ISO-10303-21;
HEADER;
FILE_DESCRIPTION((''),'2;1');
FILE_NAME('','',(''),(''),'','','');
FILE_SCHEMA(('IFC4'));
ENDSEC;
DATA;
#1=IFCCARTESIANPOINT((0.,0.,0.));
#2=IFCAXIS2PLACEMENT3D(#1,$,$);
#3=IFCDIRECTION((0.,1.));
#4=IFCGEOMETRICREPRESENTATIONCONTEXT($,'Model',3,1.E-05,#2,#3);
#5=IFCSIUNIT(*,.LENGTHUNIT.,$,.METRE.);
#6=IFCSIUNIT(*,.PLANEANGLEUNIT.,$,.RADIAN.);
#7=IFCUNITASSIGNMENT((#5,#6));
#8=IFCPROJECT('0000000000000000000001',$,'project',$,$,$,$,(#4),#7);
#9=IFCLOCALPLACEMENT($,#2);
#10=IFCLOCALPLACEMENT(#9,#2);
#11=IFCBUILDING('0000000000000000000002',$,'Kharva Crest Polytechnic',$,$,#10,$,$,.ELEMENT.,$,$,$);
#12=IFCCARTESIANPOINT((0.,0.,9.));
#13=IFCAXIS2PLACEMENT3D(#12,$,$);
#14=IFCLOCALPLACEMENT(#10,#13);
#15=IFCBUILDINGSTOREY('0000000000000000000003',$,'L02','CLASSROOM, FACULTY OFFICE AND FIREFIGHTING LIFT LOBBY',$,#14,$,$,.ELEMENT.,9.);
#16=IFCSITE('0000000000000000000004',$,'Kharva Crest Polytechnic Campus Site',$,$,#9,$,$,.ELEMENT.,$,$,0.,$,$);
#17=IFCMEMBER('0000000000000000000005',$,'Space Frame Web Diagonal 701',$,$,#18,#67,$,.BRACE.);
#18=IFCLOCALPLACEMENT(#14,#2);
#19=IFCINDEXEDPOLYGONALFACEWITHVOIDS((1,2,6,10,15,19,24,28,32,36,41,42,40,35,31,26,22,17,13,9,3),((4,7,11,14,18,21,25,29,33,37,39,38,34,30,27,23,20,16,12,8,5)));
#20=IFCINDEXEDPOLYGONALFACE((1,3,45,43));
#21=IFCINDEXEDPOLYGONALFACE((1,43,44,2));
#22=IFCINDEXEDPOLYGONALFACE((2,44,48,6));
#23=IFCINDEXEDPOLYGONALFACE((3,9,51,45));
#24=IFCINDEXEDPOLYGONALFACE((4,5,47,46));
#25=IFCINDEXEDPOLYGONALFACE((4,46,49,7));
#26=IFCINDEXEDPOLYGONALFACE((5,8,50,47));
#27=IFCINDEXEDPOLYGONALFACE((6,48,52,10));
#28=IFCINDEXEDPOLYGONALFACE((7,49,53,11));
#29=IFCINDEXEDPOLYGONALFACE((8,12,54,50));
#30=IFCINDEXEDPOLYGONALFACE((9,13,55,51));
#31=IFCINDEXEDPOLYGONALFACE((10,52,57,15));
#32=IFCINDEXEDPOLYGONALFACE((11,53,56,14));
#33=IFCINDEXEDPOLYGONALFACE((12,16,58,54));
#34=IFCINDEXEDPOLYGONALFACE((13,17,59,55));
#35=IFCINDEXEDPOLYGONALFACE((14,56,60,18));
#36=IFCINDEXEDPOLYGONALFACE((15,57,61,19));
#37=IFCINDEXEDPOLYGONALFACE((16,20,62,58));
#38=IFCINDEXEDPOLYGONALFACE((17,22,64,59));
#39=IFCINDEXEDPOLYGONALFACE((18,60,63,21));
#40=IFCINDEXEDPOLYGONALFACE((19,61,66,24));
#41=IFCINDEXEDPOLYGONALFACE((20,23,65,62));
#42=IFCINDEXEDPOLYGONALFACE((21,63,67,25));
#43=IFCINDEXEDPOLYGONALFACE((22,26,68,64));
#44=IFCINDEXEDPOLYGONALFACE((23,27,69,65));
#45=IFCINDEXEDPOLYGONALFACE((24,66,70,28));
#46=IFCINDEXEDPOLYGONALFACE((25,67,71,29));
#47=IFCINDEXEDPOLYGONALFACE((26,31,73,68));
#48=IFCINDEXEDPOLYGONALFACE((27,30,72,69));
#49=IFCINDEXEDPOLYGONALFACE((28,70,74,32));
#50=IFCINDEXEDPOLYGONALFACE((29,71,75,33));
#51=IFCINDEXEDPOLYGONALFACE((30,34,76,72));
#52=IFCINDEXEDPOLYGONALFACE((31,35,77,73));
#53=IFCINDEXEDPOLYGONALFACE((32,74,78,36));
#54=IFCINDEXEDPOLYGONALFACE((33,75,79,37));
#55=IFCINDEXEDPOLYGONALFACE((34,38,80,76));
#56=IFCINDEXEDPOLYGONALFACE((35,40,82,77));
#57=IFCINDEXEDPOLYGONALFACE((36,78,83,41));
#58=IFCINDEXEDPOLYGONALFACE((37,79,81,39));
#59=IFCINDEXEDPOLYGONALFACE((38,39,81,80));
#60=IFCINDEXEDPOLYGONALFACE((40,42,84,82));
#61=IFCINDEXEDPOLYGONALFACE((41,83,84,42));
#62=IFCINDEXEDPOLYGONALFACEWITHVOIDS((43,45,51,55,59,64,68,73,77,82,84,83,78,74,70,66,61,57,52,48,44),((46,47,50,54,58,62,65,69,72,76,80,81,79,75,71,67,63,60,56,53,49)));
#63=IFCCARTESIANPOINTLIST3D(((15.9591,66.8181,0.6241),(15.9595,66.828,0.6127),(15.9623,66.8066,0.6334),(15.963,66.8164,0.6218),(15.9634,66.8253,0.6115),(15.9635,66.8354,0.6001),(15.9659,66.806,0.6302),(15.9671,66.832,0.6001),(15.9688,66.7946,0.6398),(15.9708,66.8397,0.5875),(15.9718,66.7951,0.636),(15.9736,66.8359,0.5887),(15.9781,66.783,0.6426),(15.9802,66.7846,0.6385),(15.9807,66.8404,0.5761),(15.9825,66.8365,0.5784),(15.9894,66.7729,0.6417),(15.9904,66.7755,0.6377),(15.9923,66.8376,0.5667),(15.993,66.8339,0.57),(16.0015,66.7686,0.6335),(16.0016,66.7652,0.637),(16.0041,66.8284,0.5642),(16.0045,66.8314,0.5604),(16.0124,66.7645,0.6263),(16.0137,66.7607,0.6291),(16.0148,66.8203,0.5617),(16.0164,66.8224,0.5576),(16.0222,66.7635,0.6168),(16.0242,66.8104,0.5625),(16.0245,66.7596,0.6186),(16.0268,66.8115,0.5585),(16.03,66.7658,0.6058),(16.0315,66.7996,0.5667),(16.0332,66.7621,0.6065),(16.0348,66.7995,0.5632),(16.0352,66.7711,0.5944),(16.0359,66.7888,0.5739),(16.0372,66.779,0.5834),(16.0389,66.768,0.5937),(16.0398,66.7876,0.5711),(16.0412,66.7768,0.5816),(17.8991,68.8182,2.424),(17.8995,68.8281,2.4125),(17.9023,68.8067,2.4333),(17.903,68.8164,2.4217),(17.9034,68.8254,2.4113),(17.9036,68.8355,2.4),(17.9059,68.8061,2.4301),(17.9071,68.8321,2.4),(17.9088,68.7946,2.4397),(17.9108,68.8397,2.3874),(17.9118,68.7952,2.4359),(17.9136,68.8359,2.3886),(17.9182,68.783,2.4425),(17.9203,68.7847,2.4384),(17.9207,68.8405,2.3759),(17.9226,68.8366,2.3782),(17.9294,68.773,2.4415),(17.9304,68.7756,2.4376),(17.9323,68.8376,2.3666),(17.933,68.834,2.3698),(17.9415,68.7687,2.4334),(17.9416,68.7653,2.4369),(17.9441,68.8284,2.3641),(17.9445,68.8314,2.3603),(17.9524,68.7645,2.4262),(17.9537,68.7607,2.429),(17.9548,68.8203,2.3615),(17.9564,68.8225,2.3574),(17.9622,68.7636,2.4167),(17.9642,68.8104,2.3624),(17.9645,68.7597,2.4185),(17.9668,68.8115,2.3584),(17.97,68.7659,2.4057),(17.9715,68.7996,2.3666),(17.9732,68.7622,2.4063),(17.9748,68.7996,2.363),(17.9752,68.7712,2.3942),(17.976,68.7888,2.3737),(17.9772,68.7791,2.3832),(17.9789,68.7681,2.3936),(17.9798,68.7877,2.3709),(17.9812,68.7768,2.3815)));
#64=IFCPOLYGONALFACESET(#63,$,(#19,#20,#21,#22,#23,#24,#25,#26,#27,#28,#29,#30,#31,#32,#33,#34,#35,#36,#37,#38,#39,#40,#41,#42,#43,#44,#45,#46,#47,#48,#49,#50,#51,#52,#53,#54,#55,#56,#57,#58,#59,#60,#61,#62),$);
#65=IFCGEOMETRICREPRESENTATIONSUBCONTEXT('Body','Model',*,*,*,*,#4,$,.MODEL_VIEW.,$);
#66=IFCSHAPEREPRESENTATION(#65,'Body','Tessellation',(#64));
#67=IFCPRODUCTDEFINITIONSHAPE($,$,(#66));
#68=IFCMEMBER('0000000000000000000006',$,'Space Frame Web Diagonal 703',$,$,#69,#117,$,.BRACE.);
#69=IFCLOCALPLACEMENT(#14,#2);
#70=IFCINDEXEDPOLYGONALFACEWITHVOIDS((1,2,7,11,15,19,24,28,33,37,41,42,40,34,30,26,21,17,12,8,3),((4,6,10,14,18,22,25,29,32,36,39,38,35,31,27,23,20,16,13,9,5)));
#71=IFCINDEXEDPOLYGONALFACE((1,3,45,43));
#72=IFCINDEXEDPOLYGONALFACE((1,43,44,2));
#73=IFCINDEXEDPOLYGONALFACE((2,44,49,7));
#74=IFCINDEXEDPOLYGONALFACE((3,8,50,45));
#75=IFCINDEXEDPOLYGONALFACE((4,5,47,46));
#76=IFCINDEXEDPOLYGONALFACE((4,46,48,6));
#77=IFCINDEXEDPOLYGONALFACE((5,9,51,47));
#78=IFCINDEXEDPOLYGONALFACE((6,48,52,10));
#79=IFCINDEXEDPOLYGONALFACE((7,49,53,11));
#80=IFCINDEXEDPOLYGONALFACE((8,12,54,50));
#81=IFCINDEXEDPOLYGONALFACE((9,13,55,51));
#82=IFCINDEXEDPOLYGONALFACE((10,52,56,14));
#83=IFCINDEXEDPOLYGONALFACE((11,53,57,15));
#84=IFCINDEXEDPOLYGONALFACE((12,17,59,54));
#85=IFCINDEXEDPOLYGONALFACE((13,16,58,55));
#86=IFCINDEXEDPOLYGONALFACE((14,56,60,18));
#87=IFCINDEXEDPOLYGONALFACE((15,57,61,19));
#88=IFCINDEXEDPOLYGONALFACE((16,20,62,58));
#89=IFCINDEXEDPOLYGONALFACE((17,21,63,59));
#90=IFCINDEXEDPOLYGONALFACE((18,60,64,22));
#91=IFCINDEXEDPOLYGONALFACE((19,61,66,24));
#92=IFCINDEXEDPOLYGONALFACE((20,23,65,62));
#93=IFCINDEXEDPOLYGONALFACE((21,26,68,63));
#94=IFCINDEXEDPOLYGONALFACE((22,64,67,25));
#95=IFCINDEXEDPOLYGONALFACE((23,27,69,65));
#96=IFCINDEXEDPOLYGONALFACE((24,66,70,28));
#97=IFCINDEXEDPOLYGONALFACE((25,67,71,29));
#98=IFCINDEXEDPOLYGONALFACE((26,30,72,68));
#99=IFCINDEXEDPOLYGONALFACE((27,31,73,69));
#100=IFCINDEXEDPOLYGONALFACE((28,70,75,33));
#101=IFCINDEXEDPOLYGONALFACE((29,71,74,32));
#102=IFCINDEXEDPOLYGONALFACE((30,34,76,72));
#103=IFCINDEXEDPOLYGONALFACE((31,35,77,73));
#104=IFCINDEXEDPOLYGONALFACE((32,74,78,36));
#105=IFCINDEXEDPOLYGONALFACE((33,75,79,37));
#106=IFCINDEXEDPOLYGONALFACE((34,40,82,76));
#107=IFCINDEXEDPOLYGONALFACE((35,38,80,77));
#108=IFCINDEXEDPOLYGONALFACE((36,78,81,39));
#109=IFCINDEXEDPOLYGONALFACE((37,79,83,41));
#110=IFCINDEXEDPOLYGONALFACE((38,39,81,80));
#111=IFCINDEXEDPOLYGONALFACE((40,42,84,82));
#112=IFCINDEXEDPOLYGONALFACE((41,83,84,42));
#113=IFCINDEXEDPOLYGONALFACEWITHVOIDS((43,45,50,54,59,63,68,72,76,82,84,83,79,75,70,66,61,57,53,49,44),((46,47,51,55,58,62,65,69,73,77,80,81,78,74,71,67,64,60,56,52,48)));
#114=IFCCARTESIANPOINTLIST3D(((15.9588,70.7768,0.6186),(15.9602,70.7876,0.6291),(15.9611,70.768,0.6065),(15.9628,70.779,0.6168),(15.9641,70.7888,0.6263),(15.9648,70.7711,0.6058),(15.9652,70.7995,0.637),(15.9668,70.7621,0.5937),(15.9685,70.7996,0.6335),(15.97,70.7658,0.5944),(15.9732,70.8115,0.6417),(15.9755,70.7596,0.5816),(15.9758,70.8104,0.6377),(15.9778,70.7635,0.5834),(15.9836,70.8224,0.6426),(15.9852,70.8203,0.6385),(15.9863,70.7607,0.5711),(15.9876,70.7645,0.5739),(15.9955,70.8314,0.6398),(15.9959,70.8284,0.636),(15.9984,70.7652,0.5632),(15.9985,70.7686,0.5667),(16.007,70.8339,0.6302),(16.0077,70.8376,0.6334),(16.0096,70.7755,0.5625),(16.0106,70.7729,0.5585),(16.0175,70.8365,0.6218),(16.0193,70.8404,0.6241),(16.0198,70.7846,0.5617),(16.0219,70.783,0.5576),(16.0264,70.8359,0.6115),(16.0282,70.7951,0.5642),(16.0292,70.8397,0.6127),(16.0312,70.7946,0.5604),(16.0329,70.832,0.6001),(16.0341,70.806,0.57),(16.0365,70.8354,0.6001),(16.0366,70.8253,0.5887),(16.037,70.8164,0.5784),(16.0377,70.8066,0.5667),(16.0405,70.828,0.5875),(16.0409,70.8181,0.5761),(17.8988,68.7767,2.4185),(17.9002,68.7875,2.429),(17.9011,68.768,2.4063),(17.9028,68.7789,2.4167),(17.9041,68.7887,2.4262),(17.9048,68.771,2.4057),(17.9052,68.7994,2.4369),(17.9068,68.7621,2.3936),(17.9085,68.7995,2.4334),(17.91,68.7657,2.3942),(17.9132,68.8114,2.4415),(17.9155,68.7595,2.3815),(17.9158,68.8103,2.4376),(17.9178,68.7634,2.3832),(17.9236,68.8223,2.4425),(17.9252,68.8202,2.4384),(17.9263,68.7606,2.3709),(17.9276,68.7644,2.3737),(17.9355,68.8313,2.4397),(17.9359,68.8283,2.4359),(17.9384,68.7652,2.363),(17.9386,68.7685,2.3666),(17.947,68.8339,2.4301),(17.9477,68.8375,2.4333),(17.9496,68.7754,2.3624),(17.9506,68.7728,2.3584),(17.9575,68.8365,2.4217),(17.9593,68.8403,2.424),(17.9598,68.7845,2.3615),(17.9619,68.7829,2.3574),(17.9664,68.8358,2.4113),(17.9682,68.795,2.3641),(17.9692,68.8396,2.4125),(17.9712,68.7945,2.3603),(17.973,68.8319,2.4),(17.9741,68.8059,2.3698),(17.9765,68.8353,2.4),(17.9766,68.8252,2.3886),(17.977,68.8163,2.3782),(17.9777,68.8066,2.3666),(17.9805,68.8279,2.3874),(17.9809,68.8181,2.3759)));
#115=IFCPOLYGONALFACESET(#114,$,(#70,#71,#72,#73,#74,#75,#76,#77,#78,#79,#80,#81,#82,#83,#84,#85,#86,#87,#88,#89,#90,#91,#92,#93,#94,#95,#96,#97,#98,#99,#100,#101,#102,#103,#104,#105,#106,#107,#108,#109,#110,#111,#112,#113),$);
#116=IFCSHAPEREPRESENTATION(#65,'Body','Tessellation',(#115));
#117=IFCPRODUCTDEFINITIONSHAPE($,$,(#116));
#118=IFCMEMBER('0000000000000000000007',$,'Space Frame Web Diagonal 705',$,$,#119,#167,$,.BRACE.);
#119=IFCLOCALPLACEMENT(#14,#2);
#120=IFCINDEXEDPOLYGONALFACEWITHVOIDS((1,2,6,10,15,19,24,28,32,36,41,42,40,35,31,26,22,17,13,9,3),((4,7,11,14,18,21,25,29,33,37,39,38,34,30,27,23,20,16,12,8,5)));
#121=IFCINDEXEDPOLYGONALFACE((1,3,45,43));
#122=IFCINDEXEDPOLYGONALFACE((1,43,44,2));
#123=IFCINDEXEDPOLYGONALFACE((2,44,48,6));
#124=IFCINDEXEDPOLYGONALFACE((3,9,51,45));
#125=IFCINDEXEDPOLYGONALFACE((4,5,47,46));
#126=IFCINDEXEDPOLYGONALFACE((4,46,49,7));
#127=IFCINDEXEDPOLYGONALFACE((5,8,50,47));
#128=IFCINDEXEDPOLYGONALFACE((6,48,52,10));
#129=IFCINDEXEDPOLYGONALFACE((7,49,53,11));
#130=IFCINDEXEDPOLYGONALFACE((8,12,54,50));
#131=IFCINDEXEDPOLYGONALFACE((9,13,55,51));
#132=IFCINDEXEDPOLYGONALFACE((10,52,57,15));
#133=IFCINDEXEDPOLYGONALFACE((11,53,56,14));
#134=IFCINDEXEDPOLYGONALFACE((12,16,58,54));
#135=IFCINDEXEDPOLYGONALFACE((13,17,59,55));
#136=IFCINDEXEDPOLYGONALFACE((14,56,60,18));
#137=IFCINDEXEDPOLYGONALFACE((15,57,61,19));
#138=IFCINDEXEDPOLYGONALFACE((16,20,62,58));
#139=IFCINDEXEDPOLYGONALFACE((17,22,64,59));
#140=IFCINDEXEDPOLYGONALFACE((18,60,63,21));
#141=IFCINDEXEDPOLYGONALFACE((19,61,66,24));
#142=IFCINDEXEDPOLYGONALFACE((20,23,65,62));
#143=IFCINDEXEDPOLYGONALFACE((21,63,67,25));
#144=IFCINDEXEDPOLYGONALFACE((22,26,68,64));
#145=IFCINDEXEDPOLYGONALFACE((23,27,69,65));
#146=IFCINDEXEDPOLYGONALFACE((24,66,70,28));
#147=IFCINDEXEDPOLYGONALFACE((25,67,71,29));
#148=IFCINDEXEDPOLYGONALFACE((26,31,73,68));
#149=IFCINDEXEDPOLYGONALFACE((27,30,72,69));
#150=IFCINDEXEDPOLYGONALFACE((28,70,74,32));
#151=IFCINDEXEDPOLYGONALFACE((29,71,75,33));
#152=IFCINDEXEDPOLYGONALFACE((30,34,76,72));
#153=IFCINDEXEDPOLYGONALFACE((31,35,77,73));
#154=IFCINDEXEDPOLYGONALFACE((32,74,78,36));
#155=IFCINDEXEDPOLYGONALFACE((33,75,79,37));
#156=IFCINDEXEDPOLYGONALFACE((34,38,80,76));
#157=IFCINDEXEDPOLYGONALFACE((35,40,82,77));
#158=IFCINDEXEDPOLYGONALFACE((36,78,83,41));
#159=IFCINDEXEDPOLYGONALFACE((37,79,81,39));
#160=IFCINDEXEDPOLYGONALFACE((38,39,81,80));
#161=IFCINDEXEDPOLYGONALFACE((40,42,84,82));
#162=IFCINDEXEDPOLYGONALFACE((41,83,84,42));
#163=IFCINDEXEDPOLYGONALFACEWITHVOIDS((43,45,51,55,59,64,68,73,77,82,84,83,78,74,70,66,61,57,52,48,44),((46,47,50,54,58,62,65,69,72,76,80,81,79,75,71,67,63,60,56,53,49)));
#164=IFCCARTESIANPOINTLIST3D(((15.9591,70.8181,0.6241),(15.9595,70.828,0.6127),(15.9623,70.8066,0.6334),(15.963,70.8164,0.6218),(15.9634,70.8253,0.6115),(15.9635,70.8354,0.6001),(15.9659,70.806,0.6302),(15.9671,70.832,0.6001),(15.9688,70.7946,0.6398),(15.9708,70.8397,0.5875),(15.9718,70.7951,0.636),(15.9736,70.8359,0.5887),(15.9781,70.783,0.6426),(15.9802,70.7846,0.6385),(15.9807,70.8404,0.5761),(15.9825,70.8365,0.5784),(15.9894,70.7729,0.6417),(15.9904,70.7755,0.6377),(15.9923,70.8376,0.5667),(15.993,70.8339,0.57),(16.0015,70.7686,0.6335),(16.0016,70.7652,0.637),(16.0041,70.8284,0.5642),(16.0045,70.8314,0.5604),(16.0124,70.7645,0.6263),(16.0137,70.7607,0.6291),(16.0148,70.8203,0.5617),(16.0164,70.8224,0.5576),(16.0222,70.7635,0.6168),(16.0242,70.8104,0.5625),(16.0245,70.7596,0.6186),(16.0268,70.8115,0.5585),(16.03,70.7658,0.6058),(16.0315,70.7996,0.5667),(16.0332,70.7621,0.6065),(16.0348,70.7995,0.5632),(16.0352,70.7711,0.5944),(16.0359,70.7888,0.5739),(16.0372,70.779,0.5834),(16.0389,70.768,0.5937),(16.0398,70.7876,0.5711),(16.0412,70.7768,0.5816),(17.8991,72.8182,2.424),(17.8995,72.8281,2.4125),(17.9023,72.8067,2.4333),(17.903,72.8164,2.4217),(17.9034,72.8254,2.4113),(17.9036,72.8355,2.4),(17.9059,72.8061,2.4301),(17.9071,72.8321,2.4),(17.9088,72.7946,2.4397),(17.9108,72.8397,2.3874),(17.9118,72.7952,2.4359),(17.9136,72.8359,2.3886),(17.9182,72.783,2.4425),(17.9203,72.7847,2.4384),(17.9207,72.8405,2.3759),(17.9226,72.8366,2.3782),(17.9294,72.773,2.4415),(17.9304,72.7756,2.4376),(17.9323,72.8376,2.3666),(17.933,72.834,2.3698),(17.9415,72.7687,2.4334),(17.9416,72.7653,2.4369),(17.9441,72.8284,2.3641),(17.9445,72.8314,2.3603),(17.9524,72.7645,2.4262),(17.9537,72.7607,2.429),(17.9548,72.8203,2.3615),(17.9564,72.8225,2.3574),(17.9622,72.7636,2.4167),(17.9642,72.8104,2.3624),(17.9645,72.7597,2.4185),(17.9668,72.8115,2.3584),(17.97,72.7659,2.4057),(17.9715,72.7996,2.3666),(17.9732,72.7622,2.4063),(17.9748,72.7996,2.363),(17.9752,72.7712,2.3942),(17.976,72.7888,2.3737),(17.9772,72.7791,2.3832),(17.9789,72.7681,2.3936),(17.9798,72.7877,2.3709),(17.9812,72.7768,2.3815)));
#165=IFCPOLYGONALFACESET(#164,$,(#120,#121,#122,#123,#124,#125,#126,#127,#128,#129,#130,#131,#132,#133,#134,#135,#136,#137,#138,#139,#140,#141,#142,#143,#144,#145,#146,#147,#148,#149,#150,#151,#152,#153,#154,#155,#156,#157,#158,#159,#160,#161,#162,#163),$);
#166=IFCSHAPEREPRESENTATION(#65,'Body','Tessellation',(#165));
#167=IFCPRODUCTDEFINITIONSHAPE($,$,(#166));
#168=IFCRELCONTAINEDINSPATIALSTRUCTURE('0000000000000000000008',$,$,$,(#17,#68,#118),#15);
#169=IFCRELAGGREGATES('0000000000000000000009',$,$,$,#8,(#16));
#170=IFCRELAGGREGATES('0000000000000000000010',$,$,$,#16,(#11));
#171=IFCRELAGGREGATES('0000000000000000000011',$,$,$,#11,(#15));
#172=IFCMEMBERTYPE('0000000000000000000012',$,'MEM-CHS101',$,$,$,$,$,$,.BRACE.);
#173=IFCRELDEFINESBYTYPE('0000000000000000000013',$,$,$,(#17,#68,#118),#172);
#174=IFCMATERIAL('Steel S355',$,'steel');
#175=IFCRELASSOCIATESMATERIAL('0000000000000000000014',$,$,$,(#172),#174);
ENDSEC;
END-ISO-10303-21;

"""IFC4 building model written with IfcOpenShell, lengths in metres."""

from ifc_helpers import new_model, si_unit, direction, frame, origin, origin_2d, place, context, subcontext, project, spatial, hollow_circle, extrude, material, material_profile, profile_set, type_object, element, save


model = new_model("IFC4")

# Units and contexts
model_context = context("Model", 3, precision=1e-05, world=origin(), true_north=direction((0.0, 1.0)))
body_context = subcontext(model_context, "Body", "Model", "MODEL_VIEW")
ifc_project = project(units=[si_unit("LENGTHUNIT", "METRE"), si_unit("PLANEANGLEUNIT", "RADIAN")], contexts=[model_context])

# Site, building, storey
site_placement = place(None, origin())
site = spatial("IfcSite", under=ifc_project, at=site_placement, Name="Kharva Crest Polytechnic Campus Site", CompositionType="ELEMENT", RefElevation=0.0)
building_placement = place(site_placement, origin())
building = spatial("IfcBuilding", under=site, at=building_placement, Name="Kharva Crest Polytechnic", CompositionType="ELEMENT")
storey_placement = place(building_placement, frame((0.0, 0.0, 9.0)))
storey = spatial("IfcBuildingStorey", under=building, at=storey_placement, Name="L02", Description="CLASSROOM, FACULTY OFFICE AND FIREFIGHTING LIFT LOBBY", CompositionType="ELEMENT", Elevation=9.0)

# Shared definitions
ifc_material_1 = material(Name="Steel S355", Category="steel")

# Members
ifc_material_profile_1 = material_profile(ifc_material_1, hollow_circle(Radius=0.0508, WallThickness=0.0049, at=origin_2d()), Name="CHS 101.6X5.0")
ifc_profile_set_1 = profile_set([ifc_material_profile_1], Name="Steel S355")
member_type_1 = type_object("IfcMemberType", Name="MEM-CHS101", PredefinedType="BRACE", material=ifc_profile_set_1)
for number, where, z_axis, x_axis, name in (
    (1, (16.0, 66.8, 0.6001), (0.584843, 0.60295, 0.542596), (-0.717802, 0.696247, 0.0), "Space Frame Web Diagonal 701"),
    (2, (16.0, 70.8, 0.6001), (0.584843, -0.60295, 0.542596), (0.717802, 0.696247, 0.0), "Space Frame Web Diagonal 703"),
    (3, (16.0, 70.8, 0.6001), (0.584843, 0.60295, 0.542596), (-0.717802, 0.696247, 0.0), "Space Frame Web Diagonal 705"),
):
    element("IfcMember", number, at=place(storey_placement, frame(where, z_axis=z_axis, x_axis=x_axis)), inside=storey, type_object=member_type_1, Name=name, PredefinedType="BRACE", context=body_context, shape_type="SweptSolid", body=[
        extrude(hollow_circle(Radius=0.0508, WallThickness=0.0049, at=origin_2d()), origin(), (0.0, 0.0, 1.0), 3.3171),
    ])

save(model, "model.ifc")
